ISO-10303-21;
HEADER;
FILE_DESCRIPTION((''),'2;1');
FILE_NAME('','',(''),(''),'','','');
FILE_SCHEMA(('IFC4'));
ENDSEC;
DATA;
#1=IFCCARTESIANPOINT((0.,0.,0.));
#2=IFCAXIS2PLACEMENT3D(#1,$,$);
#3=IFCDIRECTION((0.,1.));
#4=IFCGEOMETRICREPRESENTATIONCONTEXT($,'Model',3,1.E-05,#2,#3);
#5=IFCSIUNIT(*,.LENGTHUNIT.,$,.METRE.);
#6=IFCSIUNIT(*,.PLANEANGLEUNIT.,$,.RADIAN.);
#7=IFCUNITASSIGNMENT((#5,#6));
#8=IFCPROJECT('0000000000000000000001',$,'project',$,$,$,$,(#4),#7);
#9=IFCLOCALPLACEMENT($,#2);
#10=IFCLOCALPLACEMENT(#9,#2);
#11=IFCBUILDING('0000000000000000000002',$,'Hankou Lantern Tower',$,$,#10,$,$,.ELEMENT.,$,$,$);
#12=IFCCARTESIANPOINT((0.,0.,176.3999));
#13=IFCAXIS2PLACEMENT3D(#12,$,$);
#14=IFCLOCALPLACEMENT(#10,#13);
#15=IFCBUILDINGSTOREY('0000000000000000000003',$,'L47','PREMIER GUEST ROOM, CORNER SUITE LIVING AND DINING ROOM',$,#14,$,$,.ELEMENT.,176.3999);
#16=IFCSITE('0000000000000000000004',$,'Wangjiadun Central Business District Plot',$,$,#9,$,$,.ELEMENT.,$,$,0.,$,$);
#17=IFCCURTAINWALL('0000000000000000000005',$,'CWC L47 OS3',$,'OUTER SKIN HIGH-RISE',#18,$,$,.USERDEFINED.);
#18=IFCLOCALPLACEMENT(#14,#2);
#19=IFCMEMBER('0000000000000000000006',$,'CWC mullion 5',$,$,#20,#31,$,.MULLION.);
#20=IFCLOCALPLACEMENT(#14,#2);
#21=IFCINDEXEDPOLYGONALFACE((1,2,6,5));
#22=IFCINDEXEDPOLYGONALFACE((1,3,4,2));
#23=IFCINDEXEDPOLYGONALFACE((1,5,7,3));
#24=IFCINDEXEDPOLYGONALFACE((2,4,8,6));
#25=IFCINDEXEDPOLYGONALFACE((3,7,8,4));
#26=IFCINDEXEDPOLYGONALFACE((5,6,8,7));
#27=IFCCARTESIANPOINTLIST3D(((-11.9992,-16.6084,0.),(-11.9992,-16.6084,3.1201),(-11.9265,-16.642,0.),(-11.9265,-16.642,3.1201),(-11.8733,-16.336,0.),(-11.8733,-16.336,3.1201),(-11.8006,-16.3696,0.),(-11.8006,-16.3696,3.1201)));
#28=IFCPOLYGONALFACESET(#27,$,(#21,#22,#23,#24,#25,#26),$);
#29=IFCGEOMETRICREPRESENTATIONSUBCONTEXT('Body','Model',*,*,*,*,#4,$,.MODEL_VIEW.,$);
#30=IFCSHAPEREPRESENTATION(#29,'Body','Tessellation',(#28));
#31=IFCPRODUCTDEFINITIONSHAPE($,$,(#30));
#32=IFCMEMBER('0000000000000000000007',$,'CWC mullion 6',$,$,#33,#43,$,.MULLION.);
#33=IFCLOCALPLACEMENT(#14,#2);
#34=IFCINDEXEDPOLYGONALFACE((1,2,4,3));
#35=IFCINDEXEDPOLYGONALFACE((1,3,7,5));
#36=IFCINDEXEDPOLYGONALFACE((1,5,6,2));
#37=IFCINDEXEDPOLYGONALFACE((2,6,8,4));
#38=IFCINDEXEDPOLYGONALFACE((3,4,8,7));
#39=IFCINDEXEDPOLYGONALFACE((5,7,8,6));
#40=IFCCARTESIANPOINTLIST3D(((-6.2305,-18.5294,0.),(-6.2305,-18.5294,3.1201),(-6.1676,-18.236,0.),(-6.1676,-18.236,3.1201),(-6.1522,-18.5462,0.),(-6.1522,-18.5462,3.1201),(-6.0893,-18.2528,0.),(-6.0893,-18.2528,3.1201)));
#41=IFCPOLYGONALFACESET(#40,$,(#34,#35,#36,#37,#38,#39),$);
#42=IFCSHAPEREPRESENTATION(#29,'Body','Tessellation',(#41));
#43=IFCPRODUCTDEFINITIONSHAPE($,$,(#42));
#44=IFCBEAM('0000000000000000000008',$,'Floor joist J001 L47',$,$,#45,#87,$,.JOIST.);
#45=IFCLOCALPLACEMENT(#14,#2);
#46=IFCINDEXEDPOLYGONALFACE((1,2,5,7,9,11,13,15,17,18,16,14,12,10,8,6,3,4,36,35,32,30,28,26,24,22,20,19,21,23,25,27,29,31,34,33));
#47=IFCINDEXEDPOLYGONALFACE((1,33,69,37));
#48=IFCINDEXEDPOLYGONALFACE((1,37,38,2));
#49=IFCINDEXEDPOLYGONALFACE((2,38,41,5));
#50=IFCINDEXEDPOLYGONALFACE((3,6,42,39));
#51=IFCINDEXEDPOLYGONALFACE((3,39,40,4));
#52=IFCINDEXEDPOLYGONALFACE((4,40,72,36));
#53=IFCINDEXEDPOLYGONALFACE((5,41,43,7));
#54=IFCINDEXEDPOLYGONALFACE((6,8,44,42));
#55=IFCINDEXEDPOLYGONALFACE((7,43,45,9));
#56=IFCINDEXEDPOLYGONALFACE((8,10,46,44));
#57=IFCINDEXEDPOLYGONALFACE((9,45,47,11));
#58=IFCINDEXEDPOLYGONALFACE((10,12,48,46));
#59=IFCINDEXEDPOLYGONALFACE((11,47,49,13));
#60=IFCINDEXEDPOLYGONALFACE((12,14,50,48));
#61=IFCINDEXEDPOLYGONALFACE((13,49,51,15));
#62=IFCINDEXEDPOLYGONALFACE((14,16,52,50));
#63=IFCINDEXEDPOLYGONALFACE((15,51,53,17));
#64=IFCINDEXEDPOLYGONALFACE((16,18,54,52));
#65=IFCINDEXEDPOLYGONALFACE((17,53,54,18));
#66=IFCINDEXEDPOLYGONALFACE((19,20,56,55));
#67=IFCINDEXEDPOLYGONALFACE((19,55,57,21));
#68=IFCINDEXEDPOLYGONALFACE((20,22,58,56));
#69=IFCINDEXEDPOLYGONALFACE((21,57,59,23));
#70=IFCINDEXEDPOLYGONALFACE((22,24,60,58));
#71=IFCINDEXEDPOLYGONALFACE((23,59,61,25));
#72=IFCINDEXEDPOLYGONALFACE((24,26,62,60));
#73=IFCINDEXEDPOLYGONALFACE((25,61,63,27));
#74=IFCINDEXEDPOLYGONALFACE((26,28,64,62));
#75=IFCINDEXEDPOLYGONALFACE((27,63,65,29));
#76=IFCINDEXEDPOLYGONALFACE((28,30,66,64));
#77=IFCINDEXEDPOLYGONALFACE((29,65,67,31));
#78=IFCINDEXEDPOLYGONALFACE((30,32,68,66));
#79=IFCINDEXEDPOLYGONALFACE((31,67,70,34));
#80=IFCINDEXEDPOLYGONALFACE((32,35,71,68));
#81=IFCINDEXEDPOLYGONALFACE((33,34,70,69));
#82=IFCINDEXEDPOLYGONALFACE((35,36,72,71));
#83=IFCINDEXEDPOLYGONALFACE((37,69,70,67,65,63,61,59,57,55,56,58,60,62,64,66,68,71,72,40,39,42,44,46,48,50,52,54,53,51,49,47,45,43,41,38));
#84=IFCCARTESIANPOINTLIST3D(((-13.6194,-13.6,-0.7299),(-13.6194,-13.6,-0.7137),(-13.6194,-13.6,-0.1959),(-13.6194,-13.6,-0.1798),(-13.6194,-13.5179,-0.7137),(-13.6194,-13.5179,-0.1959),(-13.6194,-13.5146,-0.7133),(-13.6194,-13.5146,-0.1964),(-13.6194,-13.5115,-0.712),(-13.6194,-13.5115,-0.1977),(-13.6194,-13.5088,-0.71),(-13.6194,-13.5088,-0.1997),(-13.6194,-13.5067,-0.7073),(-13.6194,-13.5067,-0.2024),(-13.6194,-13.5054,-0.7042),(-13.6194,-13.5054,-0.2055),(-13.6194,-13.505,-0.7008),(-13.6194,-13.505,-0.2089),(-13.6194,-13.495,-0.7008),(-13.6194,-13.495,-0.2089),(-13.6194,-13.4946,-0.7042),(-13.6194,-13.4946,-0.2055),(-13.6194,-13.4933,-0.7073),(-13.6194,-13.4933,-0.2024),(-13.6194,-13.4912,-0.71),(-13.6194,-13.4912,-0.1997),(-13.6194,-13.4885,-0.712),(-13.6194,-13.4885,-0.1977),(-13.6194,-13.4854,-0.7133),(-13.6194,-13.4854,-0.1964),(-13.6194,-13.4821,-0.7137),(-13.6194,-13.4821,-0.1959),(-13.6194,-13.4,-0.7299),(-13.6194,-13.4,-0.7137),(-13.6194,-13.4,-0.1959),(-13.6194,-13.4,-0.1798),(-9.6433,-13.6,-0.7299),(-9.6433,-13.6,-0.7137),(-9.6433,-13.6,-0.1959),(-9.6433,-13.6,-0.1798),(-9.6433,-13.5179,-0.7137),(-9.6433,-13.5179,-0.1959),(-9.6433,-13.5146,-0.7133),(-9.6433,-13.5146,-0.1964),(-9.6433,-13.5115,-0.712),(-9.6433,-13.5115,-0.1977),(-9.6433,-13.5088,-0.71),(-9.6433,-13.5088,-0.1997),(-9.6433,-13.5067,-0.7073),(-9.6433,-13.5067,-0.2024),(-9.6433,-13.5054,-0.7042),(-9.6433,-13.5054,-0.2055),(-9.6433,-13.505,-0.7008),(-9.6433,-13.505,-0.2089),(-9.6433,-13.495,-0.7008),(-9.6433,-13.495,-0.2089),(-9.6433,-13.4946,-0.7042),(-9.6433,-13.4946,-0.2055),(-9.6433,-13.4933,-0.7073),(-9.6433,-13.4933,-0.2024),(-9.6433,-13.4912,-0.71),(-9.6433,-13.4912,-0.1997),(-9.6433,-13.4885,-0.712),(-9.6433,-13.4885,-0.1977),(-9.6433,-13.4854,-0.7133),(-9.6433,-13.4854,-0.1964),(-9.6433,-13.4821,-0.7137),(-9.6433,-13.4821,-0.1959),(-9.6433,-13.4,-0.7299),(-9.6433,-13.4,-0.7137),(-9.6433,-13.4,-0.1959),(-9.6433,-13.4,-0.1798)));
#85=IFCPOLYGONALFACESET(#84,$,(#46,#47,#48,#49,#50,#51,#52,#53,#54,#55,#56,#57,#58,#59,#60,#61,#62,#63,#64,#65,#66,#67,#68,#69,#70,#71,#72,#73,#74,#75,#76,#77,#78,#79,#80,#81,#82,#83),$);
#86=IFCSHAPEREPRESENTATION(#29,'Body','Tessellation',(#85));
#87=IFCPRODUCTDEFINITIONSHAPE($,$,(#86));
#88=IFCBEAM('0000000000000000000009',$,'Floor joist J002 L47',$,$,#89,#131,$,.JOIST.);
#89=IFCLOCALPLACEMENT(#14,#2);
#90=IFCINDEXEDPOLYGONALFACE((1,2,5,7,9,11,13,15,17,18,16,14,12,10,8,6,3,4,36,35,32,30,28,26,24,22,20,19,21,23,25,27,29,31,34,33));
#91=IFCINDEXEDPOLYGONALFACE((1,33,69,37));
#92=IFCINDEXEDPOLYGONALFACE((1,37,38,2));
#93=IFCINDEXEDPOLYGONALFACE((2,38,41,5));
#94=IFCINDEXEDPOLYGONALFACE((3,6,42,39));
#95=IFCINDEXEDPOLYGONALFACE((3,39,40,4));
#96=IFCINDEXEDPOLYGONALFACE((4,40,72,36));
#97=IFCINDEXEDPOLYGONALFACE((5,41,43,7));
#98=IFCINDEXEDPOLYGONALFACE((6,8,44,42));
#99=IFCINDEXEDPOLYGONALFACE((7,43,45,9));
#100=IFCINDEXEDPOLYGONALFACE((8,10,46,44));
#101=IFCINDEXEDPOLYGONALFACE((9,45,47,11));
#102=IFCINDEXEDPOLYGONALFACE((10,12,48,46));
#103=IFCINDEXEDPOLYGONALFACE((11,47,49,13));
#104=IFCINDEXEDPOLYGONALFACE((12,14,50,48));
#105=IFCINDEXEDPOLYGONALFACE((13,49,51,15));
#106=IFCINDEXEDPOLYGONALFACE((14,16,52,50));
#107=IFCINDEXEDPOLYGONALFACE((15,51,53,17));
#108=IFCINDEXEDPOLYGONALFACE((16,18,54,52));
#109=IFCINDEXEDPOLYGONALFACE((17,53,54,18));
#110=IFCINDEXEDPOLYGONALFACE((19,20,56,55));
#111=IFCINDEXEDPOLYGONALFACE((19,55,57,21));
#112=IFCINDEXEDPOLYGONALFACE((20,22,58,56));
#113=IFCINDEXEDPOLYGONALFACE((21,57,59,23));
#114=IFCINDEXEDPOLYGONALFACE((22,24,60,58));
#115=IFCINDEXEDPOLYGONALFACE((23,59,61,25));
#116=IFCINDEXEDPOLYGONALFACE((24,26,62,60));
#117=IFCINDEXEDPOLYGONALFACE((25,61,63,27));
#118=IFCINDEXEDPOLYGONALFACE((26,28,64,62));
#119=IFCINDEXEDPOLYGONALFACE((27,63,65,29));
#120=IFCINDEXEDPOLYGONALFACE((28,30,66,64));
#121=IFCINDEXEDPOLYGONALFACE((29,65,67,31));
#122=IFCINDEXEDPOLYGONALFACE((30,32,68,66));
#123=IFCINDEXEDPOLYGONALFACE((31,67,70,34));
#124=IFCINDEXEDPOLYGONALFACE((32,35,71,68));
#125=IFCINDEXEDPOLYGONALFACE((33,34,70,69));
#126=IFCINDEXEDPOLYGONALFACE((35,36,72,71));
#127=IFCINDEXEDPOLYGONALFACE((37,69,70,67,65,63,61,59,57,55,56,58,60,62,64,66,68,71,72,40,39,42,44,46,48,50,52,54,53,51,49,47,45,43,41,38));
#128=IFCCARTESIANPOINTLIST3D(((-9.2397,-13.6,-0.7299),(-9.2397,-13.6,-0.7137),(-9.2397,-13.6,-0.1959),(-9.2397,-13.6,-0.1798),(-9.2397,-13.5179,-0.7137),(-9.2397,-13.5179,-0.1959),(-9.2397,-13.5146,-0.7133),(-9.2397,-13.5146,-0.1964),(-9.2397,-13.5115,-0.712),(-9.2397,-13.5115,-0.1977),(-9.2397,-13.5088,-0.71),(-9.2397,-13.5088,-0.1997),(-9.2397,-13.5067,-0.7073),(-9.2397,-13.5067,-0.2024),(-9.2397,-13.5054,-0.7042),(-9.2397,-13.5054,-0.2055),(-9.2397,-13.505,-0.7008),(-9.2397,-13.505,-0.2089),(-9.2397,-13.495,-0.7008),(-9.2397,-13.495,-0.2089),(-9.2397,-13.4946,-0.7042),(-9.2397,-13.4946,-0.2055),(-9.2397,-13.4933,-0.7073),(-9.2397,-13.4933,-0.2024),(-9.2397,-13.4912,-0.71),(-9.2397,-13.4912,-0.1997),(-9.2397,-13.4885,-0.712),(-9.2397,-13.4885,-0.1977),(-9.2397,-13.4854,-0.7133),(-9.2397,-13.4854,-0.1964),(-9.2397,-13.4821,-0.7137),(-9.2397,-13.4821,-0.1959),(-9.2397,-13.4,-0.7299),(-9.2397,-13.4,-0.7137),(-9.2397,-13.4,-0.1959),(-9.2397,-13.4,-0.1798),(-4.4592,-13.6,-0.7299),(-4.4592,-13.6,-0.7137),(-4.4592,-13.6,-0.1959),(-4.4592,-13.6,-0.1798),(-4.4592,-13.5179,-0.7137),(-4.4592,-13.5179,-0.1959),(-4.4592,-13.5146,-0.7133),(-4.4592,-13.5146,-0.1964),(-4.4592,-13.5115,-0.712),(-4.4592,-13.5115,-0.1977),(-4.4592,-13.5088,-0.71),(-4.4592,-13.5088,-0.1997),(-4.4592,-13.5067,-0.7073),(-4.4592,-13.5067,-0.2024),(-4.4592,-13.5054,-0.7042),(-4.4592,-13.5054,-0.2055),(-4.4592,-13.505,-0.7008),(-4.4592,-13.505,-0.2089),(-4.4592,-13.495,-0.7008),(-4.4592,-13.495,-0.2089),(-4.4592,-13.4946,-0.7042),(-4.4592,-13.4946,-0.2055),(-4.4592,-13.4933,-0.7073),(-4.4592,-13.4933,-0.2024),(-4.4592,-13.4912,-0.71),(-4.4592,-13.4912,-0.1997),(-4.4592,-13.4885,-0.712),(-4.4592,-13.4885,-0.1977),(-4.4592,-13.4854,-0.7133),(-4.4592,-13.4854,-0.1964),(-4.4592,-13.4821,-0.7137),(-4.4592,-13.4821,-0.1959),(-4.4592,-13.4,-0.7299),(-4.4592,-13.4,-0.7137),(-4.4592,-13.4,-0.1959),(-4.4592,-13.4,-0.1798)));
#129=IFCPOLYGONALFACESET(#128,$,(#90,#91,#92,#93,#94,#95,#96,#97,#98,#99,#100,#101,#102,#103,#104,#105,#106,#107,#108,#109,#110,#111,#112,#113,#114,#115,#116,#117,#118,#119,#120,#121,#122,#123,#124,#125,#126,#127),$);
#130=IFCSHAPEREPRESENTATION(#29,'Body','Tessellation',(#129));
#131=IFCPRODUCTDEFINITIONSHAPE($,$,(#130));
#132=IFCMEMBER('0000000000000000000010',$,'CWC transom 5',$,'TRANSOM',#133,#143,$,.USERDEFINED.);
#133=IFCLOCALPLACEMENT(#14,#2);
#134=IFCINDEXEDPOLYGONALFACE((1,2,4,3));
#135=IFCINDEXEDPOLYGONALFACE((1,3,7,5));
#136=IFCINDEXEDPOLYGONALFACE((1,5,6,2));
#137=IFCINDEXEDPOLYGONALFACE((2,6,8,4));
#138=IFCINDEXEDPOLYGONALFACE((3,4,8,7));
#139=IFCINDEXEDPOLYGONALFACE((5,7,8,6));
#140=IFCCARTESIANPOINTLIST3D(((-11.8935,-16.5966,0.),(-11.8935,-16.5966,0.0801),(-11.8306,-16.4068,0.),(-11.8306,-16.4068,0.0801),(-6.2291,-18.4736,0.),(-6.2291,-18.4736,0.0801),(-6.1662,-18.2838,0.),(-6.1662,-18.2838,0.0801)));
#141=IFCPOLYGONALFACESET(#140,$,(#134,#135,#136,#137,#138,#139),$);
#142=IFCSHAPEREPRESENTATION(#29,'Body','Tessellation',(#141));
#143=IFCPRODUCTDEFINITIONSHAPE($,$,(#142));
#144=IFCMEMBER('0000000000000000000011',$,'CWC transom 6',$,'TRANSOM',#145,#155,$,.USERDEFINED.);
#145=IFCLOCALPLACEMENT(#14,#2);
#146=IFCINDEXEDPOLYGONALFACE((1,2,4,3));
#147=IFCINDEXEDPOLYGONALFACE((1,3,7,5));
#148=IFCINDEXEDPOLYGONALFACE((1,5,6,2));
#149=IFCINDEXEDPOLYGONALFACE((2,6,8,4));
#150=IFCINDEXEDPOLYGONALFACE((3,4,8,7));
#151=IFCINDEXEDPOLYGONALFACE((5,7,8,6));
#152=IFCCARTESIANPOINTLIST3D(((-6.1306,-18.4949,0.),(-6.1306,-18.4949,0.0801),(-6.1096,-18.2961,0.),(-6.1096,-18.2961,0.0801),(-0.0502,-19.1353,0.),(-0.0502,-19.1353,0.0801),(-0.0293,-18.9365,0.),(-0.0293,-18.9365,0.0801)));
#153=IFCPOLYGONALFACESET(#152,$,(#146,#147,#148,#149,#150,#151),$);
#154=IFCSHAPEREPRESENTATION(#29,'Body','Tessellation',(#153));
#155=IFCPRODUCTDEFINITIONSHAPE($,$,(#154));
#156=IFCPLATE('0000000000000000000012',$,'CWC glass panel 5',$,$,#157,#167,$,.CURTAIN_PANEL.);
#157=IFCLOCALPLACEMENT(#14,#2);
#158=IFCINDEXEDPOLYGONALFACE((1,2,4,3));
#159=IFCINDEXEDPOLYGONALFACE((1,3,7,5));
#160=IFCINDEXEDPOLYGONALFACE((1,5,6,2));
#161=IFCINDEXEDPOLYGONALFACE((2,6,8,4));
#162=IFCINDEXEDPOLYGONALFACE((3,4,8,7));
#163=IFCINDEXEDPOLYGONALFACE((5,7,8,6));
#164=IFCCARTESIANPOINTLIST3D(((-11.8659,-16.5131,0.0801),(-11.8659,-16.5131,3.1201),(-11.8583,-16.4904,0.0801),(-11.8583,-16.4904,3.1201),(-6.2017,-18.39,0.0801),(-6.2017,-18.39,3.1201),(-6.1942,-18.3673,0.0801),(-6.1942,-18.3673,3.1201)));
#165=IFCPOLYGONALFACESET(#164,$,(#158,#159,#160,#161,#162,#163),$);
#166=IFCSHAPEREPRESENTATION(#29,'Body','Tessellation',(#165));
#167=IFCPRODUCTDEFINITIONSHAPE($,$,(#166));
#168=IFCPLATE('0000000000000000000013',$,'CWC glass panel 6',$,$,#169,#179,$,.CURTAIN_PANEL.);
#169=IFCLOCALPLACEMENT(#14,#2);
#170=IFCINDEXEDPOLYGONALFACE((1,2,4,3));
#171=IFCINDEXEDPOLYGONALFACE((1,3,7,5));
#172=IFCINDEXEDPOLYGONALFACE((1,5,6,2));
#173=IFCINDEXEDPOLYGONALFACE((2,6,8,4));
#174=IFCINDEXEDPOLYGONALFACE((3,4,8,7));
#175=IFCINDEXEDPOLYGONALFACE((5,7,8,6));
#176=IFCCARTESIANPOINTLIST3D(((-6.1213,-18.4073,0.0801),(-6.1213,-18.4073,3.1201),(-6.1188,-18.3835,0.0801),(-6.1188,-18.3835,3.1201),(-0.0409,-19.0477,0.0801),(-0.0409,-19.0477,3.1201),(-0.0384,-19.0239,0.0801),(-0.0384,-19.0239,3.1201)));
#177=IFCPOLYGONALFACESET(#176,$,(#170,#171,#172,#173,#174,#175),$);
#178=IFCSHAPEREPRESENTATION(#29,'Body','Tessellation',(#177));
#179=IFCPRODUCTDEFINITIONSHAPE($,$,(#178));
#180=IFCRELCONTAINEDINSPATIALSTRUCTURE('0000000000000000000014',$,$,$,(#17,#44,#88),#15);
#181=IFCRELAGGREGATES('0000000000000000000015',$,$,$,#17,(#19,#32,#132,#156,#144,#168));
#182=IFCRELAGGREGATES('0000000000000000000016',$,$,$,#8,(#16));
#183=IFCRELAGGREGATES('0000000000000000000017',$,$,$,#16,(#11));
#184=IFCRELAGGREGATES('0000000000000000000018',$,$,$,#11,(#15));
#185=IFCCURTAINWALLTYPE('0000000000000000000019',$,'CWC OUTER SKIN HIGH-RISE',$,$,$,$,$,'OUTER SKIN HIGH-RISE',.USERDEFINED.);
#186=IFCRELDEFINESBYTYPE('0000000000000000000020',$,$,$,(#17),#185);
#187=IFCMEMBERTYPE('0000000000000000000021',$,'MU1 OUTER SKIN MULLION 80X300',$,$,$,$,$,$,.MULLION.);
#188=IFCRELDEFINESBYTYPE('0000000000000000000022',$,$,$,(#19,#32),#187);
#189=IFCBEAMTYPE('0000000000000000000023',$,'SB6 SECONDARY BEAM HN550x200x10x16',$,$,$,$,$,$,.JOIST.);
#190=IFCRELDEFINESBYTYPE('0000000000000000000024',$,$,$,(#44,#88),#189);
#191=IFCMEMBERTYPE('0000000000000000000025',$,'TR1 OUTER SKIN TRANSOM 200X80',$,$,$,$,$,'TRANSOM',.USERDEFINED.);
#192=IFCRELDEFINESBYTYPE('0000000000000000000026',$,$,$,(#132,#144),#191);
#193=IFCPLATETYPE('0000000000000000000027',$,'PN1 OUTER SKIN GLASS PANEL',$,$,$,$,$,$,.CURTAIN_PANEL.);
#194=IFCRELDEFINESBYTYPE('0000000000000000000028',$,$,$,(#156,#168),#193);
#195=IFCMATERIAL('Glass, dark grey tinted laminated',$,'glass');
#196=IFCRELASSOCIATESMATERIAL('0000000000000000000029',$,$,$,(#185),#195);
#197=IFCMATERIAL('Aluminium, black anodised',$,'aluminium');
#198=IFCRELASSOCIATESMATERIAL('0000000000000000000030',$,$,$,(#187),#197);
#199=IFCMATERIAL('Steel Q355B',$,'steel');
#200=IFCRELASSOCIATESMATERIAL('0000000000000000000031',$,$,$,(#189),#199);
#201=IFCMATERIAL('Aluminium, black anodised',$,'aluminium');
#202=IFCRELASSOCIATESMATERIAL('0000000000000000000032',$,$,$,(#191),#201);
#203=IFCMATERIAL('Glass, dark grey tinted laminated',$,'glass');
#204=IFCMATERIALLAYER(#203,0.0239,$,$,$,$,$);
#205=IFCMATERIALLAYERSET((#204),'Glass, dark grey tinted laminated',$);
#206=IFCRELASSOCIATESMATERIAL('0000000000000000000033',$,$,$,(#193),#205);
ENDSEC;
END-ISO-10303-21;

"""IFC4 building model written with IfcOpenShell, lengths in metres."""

from ifc_helpers import new_model, si_unit, direction, frame, origin, origin_2d, place, context, subcontext, project, spatial, rectangle, i_section, extrude, material, layer, layer_set, material_profile, profile_set, type_object, element, aggregate, save


model = new_model("IFC4")

# Units and contexts
model_context = context("Model", 3, precision=1e-05, world=origin(), true_north=direction((0.0, 1.0)))
body_context = subcontext(model_context, "Body", "Model", "MODEL_VIEW")
ifc_project = project(units=[si_unit("LENGTHUNIT", "METRE"), si_unit("PLANEANGLEUNIT", "RADIAN")], contexts=[model_context])

# Site, building, storey
site_placement = place(None, origin())
site = spatial("IfcSite", under=ifc_project, at=site_placement, Name="Wangjiadun Central Business District Plot", CompositionType="ELEMENT", RefElevation=0.0)
building_placement = place(site_placement, origin())
building = spatial("IfcBuilding", under=site, at=building_placement, Name="Hankou Lantern Tower", CompositionType="ELEMENT")
storey_placement = place(building_placement, frame((0.0, 0.0, 176.3999)))
storey = spatial("IfcBuildingStorey", under=building, at=storey_placement, Name="L47", Description="PREMIER GUEST ROOM, CORNER SUITE LIVING AND DINING ROOM", CompositionType="ELEMENT", Elevation=176.3999)

# Curtain wall, members
ifc_material_1 = material(Name="Glass, dark grey tinted laminated", Category="glass")
curtain_wall_type = type_object("IfcCurtainWallType", Name="CWC OUTER SKIN HIGH-RISE", ElementType="OUTER SKIN HIGH-RISE", PredefinedType="USERDEFINED", material=ifc_material_1)
curtain_wall_placement = place(storey_placement, origin())
curtain_wall = element("IfcCurtainWall", 1, at=curtain_wall_placement, inside=storey, type_object=curtain_wall_type, Name="CWC L47 OS3", ObjectType="OUTER SKIN HIGH-RISE", PredefinedType="USERDEFINED")
ifc_material_2 = material(Name="Aluminium, black anodised", Category="aluminium")
ifc_material_profile_1 = material_profile(ifc_material_2, rectangle(XDim=0.0801, YDim=0.3, at=origin_2d()), Name="MU1 80X300")
ifc_profile_set_1 = profile_set([ifc_material_profile_1], Name="Aluminium, black anodised")
member_type_1 = type_object("IfcMemberType", Name="MU1 OUTER SKIN MULLION 80X300", PredefinedType="MULLION", material=ifc_profile_set_1)
member_1_placement = place(storey_placement, frame((-11.8999, -16.489, 0.0), z_axis=(0.0, 0.0, 1.0), x_axis=(0.907841, -0.419314, 0.0)))
member_1 = element("IfcMember", 2, at=member_1_placement, type_object=member_type_1, Name="CWC mullion 5", PredefinedType="MULLION", context=body_context, shape_type="SweptSolid", body=[
    extrude(rectangle(XDim=0.0801, YDim=0.3, at=origin_2d()), origin(), (0.0, 0.0, 1.0), 3.1201),
])
member_2_placement = place(storey_placement, frame((-6.1599, -18.3911, 0.0), z_axis=(0.0, 0.0, 1.0), x_axis=(0.977788, -0.209598, 0.0)))
member_2 = element("IfcMember", 3, at=member_2_placement, type_object=member_type_1, Name="CWC mullion 6", PredefinedType="MULLION", context=body_context, shape_type="SweptSolid", body=[
    extrude(rectangle(XDim=0.0801, YDim=0.3, at=origin_2d()), origin(), (0.0, 0.0, 1.0), 3.1201),
])

# Beams
ifc_material_3 = material(Name="Steel Q355B", Category="steel")
ifc_material_profile_2 = material_profile(ifc_material_3, i_section(OverallWidth=0.2, OverallDepth=0.55, WebThickness=0.01, FlangeThickness=0.0161, FilletRadius=0.0129, at=origin_2d()), Name="HN550x200x10x16")
ifc_profile_set_2 = profile_set([ifc_material_profile_2], Name="Steel Q355B")
beam_type_1 = type_object("IfcBeamType", Name="SB6 SECONDARY BEAM HN550x200x10x16", PredefinedType="JOIST", material=ifc_profile_set_2)
beam_1_placement = place(storey_placement, frame((-13.6194, -13.5, -0.4548), z_axis=(1.0, 0.0, 0.0), x_axis=(0.0, 1.0, 0.0)))
element("IfcBeam", 4, at=beam_1_placement, inside=storey, type_object=beam_type_1, Name="Floor joist J001 L47", PredefinedType="JOIST", context=body_context, shape_type="SweptSolid", body=[
    extrude(i_section(OverallWidth=0.2, OverallDepth=0.55, WebThickness=0.01, FlangeThickness=0.0161, FilletRadius=0.0129, at=origin_2d()), origin(), (0.0, 0.0, 1.0), 3.9761),
])
beam_2_placement = place(storey_placement, frame((-9.2397, -13.5, -0.4548), z_axis=(1.0, 0.0, 0.0), x_axis=(0.0, 1.0, 0.0)))
element("IfcBeam", 5, at=beam_2_placement, inside=storey, type_object=beam_type_1, Name="Floor joist J002 L47", PredefinedType="JOIST", context=body_context, shape_type="SweptSolid", body=[
    extrude(i_section(OverallWidth=0.2, OverallDepth=0.55, WebThickness=0.01, FlangeThickness=0.0161, FilletRadius=0.0129, at=origin_2d()), origin(), (0.0, 0.0, 1.0), 4.7805),
])

# Members
ifc_material_4 = material(Name="Aluminium, black anodised", Category="aluminium")
ifc_material_profile_3 = material_profile(ifc_material_4, rectangle(XDim=0.2, YDim=0.0801, at=origin_2d()), Name="TR1 200X80")
ifc_profile_set_3 = profile_set([ifc_material_profile_3], Name="Aluminium, black anodised")
member_type_2 = type_object("IfcMemberType", Name="TR1 OUTER SKIN TRANSOM 200X80", ElementType="TRANSOM", PredefinedType="USERDEFINED", material=ifc_profile_set_3)
member_3_placement = place(storey_placement, frame((-11.8621, -16.5017, 0.04), z_axis=(0.949242, -0.314546, 0.0), x_axis=(0.314546, 0.949242, 0.0)))
member_3 = element("IfcMember", 6, at=member_3_placement, type_object=member_type_2, Name="CWC transom 5", ObjectType="TRANSOM", PredefinedType="USERDEFINED", context=body_context, shape_type="SweptSolid", body=[
    extrude(rectangle(XDim=0.2, YDim=0.0801, at=origin_2d()), origin(), (0.0, 0.0, 1.0), 5.9673),
])
member_4_placement = place(storey_placement, frame((-6.1201, -18.3955, 0.04), z_axis=(0.9945, -0.104741, 0.0), x_axis=(0.104741, 0.9945, 0.0)))
member_4 = element("IfcMember", 7, at=member_4_placement, type_object=member_type_2, Name="CWC transom 6", ObjectType="TRANSOM", PredefinedType="USERDEFINED", context=body_context, shape_type="SweptSolid", body=[
    extrude(rectangle(XDim=0.2, YDim=0.0801, at=origin_2d()), origin(), (0.0, 0.0, 1.0), 6.114),
])

# Plates
ifc_material_5 = material(Name="Glass, dark grey tinted laminated", Category="glass")
ifc_layer_1 = layer(ifc_material_5, 0.0239)
ifc_layer_set_1 = layer_set([ifc_layer_1], Name="Glass, dark grey tinted laminated")
plate_type = type_object("IfcPlateType", Name="PN1 OUTER SKIN GLASS PANEL", PredefinedType="CURTAIN_PANEL", material=ifc_layer_set_1)
plate_1_placement = place(storey_placement, frame((-9.03, -17.4402, 0.0801), z_axis=(0.0, 0.0, 1.0), x_axis=(0.949241, -0.314551, 0.0)))
plate_1 = element("IfcPlate", 8, at=plate_1_placement, type_object=plate_type, Name="CWC glass panel 5", PredefinedType="CURTAIN_PANEL", context=body_context, shape_type="SweptSolid", body=[
    extrude(rectangle(XDim=5.967, YDim=0.0239, at=origin_2d()), origin(), (0.0, 0.0, 1.0), 3.04),
])
plate_2_placement = place(storey_placement, frame((-3.0798, -18.7156, 0.0801), z_axis=(0.0, 0.0, 1.0), x_axis=(0.994499, -0.104743, 0.0)))
plate_2 = element("IfcPlate", 9, at=plate_2_placement, type_object=plate_type, Name="CWC glass panel 6", PredefinedType="CURTAIN_PANEL", context=body_context, shape_type="SweptSolid", body=[
    extrude(rectangle(XDim=6.114, YDim=0.0239, at=origin_2d()), origin(), (0.0, 0.0, 1.0), 3.04),
])
aggregate(curtain_wall, [member_1, member_2, member_3, plate_1, member_4, plate_2])

save(model, "model.ifc")
